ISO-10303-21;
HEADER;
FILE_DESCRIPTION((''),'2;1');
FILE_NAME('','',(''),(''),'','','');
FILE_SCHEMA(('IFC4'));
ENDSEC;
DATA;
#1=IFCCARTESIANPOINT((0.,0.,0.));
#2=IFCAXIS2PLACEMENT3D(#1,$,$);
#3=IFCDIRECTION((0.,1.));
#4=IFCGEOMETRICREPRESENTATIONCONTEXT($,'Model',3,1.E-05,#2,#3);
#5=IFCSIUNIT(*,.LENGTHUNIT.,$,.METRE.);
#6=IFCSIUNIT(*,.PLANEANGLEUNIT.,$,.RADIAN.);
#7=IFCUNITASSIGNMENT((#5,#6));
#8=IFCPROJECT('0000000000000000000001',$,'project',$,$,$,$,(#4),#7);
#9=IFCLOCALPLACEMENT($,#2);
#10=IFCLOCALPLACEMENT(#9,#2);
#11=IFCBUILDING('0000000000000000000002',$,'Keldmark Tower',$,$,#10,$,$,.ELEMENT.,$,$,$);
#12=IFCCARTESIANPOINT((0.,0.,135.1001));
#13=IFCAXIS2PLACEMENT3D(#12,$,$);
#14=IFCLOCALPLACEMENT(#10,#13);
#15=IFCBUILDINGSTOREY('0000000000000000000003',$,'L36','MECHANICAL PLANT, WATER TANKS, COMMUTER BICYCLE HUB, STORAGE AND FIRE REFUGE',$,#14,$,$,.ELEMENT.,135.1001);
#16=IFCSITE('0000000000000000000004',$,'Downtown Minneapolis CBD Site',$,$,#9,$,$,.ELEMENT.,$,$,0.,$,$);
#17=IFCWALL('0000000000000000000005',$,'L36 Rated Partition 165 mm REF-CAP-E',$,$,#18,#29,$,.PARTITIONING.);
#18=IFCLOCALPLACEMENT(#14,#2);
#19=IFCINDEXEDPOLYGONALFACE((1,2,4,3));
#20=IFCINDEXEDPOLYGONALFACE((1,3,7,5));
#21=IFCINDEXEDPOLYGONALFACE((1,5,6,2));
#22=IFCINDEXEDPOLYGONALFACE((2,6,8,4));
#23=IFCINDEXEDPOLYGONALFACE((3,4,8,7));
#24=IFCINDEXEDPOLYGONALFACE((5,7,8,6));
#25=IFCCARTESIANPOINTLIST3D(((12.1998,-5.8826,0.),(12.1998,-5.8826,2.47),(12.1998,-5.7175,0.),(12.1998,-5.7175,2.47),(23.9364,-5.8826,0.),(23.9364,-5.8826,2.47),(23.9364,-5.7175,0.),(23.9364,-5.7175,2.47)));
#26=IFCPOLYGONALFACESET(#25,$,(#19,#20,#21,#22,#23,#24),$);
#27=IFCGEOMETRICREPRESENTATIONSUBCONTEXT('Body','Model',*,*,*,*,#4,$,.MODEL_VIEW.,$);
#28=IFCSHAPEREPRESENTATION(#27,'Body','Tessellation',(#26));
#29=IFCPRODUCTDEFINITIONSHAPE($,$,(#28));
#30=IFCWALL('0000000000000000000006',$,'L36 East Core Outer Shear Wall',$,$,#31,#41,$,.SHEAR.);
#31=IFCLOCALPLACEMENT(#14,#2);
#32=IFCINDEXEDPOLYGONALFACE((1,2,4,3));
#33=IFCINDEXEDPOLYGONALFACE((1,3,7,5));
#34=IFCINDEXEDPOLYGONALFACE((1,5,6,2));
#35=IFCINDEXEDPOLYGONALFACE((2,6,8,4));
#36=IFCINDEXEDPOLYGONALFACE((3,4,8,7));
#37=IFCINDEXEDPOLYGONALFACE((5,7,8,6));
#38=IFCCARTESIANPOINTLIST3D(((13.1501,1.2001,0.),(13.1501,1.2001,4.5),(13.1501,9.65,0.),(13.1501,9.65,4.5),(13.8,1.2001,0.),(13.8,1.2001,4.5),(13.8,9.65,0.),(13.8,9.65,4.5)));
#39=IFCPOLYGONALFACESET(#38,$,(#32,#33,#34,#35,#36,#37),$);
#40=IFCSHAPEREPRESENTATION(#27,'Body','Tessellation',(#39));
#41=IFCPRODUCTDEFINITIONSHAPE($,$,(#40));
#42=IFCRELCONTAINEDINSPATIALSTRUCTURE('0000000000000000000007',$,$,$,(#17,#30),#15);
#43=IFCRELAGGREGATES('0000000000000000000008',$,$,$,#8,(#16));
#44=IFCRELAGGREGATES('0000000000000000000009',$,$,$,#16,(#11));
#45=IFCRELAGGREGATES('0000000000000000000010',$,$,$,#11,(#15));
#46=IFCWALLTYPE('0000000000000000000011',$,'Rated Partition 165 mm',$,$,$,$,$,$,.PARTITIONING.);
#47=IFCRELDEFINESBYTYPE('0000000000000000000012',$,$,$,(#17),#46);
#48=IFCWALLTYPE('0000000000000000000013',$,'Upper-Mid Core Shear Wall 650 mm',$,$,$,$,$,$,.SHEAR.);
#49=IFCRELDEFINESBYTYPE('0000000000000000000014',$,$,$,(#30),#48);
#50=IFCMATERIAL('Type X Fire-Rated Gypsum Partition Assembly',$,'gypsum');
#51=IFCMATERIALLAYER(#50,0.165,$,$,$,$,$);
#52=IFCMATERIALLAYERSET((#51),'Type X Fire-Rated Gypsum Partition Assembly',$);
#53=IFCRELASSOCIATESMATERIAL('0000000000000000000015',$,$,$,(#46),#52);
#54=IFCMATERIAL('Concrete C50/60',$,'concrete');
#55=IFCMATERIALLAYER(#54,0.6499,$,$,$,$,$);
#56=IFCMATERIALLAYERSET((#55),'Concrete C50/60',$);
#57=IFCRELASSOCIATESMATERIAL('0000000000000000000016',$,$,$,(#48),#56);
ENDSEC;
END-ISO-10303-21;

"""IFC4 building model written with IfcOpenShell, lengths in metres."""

from ifc_helpers import new_model, si_unit, direction, frame, frame_2d, origin, place, context, subcontext, project, spatial, rectangle, extrude, material, layer, layer_set, type_object, element, save


model = new_model("IFC4")

# Units and contexts
model_context = context("Model", 3, precision=1e-05, world=origin(), true_north=direction((0.0, 1.0)))
body_context = subcontext(model_context, "Body", "Model", "MODEL_VIEW")
ifc_project = project(units=[si_unit("LENGTHUNIT", "METRE"), si_unit("PLANEANGLEUNIT", "RADIAN")], contexts=[model_context])

# Site, building, storey
site_placement = place(None, origin())
site = spatial("IfcSite", under=ifc_project, at=site_placement, Name="Downtown Minneapolis CBD Site", CompositionType="ELEMENT", RefElevation=0.0)
building_placement = place(site_placement, origin())
building = spatial("IfcBuilding", under=site, at=building_placement, Name="Keldmark Tower", CompositionType="ELEMENT")
storey_placement = place(building_placement, frame((0.0, 0.0, 135.1001)))
storey = spatial("IfcBuildingStorey", under=building, at=storey_placement, Name="L36", Description="MECHANICAL PLANT, WATER TANKS, COMMUTER BICYCLE HUB, STORAGE AND FIRE REFUGE", CompositionType="ELEMENT", Elevation=135.1001)

# Shared definitions
ifc_material_1 = material(Name="Type X Fire-Rated Gypsum Partition Assembly", Category="gypsum")
ifc_layer_1 = layer(ifc_material_1, 0.165)
ifc_layer_set_1 = layer_set([ifc_layer_1], Name="Type X Fire-Rated Gypsum Partition Assembly")
wall_type_1 = type_object("IfcWallType", Name="Rated Partition 165 mm", PredefinedType="PARTITIONING", material=ifc_layer_set_1)

# Walls
wall_1_placement = place(storey_placement, frame((12.2, -5.8, 0.0), z_axis=(0.0, 0.0, 1.0), x_axis=(1.0, 0.0, 0.0)))
element("IfcWall", 1, at=wall_1_placement, inside=storey, type_object=wall_type_1, Name="L36 Rated Partition 165 mm REF-CAP-E", PredefinedType="PARTITIONING", context=body_context, shape_type="SweptSolid", body=[
    extrude(rectangle(XDim=11.7366, YDim=0.165, at=frame_2d((5.8682, 0.0))), origin(), (0.0, 0.0, 1.0), 2.47),
])
ifc_material_2 = material(Name="Concrete C50/60", Category="concrete")
ifc_layer_2 = layer(ifc_material_2, 0.6499)
ifc_layer_set_2 = layer_set([ifc_layer_2], Name="Concrete C50/60")
wall_type_2 = type_object("IfcWallType", Name="Upper-Mid Core Shear Wall 650 mm", PredefinedType="SHEAR", material=ifc_layer_set_2)
wall_2_placement = place(storey_placement, frame((13.4751, 1.2, 0.0), z_axis=(0.0, 0.0, 1.0), x_axis=(0.0, 1.0, 0.0)))
element("IfcWall", 2, at=wall_2_placement, inside=storey, type_object=wall_type_2, Name="L36 East Core Outer Shear Wall", PredefinedType="SHEAR", context=body_context, shape_type="SweptSolid", body=[
    extrude(rectangle(XDim=8.45, YDim=0.6499, at=frame_2d((4.2251, 0.0))), origin(), (0.0, 0.0, 1.0), 4.5),
])

save(model, "model.ifc")
